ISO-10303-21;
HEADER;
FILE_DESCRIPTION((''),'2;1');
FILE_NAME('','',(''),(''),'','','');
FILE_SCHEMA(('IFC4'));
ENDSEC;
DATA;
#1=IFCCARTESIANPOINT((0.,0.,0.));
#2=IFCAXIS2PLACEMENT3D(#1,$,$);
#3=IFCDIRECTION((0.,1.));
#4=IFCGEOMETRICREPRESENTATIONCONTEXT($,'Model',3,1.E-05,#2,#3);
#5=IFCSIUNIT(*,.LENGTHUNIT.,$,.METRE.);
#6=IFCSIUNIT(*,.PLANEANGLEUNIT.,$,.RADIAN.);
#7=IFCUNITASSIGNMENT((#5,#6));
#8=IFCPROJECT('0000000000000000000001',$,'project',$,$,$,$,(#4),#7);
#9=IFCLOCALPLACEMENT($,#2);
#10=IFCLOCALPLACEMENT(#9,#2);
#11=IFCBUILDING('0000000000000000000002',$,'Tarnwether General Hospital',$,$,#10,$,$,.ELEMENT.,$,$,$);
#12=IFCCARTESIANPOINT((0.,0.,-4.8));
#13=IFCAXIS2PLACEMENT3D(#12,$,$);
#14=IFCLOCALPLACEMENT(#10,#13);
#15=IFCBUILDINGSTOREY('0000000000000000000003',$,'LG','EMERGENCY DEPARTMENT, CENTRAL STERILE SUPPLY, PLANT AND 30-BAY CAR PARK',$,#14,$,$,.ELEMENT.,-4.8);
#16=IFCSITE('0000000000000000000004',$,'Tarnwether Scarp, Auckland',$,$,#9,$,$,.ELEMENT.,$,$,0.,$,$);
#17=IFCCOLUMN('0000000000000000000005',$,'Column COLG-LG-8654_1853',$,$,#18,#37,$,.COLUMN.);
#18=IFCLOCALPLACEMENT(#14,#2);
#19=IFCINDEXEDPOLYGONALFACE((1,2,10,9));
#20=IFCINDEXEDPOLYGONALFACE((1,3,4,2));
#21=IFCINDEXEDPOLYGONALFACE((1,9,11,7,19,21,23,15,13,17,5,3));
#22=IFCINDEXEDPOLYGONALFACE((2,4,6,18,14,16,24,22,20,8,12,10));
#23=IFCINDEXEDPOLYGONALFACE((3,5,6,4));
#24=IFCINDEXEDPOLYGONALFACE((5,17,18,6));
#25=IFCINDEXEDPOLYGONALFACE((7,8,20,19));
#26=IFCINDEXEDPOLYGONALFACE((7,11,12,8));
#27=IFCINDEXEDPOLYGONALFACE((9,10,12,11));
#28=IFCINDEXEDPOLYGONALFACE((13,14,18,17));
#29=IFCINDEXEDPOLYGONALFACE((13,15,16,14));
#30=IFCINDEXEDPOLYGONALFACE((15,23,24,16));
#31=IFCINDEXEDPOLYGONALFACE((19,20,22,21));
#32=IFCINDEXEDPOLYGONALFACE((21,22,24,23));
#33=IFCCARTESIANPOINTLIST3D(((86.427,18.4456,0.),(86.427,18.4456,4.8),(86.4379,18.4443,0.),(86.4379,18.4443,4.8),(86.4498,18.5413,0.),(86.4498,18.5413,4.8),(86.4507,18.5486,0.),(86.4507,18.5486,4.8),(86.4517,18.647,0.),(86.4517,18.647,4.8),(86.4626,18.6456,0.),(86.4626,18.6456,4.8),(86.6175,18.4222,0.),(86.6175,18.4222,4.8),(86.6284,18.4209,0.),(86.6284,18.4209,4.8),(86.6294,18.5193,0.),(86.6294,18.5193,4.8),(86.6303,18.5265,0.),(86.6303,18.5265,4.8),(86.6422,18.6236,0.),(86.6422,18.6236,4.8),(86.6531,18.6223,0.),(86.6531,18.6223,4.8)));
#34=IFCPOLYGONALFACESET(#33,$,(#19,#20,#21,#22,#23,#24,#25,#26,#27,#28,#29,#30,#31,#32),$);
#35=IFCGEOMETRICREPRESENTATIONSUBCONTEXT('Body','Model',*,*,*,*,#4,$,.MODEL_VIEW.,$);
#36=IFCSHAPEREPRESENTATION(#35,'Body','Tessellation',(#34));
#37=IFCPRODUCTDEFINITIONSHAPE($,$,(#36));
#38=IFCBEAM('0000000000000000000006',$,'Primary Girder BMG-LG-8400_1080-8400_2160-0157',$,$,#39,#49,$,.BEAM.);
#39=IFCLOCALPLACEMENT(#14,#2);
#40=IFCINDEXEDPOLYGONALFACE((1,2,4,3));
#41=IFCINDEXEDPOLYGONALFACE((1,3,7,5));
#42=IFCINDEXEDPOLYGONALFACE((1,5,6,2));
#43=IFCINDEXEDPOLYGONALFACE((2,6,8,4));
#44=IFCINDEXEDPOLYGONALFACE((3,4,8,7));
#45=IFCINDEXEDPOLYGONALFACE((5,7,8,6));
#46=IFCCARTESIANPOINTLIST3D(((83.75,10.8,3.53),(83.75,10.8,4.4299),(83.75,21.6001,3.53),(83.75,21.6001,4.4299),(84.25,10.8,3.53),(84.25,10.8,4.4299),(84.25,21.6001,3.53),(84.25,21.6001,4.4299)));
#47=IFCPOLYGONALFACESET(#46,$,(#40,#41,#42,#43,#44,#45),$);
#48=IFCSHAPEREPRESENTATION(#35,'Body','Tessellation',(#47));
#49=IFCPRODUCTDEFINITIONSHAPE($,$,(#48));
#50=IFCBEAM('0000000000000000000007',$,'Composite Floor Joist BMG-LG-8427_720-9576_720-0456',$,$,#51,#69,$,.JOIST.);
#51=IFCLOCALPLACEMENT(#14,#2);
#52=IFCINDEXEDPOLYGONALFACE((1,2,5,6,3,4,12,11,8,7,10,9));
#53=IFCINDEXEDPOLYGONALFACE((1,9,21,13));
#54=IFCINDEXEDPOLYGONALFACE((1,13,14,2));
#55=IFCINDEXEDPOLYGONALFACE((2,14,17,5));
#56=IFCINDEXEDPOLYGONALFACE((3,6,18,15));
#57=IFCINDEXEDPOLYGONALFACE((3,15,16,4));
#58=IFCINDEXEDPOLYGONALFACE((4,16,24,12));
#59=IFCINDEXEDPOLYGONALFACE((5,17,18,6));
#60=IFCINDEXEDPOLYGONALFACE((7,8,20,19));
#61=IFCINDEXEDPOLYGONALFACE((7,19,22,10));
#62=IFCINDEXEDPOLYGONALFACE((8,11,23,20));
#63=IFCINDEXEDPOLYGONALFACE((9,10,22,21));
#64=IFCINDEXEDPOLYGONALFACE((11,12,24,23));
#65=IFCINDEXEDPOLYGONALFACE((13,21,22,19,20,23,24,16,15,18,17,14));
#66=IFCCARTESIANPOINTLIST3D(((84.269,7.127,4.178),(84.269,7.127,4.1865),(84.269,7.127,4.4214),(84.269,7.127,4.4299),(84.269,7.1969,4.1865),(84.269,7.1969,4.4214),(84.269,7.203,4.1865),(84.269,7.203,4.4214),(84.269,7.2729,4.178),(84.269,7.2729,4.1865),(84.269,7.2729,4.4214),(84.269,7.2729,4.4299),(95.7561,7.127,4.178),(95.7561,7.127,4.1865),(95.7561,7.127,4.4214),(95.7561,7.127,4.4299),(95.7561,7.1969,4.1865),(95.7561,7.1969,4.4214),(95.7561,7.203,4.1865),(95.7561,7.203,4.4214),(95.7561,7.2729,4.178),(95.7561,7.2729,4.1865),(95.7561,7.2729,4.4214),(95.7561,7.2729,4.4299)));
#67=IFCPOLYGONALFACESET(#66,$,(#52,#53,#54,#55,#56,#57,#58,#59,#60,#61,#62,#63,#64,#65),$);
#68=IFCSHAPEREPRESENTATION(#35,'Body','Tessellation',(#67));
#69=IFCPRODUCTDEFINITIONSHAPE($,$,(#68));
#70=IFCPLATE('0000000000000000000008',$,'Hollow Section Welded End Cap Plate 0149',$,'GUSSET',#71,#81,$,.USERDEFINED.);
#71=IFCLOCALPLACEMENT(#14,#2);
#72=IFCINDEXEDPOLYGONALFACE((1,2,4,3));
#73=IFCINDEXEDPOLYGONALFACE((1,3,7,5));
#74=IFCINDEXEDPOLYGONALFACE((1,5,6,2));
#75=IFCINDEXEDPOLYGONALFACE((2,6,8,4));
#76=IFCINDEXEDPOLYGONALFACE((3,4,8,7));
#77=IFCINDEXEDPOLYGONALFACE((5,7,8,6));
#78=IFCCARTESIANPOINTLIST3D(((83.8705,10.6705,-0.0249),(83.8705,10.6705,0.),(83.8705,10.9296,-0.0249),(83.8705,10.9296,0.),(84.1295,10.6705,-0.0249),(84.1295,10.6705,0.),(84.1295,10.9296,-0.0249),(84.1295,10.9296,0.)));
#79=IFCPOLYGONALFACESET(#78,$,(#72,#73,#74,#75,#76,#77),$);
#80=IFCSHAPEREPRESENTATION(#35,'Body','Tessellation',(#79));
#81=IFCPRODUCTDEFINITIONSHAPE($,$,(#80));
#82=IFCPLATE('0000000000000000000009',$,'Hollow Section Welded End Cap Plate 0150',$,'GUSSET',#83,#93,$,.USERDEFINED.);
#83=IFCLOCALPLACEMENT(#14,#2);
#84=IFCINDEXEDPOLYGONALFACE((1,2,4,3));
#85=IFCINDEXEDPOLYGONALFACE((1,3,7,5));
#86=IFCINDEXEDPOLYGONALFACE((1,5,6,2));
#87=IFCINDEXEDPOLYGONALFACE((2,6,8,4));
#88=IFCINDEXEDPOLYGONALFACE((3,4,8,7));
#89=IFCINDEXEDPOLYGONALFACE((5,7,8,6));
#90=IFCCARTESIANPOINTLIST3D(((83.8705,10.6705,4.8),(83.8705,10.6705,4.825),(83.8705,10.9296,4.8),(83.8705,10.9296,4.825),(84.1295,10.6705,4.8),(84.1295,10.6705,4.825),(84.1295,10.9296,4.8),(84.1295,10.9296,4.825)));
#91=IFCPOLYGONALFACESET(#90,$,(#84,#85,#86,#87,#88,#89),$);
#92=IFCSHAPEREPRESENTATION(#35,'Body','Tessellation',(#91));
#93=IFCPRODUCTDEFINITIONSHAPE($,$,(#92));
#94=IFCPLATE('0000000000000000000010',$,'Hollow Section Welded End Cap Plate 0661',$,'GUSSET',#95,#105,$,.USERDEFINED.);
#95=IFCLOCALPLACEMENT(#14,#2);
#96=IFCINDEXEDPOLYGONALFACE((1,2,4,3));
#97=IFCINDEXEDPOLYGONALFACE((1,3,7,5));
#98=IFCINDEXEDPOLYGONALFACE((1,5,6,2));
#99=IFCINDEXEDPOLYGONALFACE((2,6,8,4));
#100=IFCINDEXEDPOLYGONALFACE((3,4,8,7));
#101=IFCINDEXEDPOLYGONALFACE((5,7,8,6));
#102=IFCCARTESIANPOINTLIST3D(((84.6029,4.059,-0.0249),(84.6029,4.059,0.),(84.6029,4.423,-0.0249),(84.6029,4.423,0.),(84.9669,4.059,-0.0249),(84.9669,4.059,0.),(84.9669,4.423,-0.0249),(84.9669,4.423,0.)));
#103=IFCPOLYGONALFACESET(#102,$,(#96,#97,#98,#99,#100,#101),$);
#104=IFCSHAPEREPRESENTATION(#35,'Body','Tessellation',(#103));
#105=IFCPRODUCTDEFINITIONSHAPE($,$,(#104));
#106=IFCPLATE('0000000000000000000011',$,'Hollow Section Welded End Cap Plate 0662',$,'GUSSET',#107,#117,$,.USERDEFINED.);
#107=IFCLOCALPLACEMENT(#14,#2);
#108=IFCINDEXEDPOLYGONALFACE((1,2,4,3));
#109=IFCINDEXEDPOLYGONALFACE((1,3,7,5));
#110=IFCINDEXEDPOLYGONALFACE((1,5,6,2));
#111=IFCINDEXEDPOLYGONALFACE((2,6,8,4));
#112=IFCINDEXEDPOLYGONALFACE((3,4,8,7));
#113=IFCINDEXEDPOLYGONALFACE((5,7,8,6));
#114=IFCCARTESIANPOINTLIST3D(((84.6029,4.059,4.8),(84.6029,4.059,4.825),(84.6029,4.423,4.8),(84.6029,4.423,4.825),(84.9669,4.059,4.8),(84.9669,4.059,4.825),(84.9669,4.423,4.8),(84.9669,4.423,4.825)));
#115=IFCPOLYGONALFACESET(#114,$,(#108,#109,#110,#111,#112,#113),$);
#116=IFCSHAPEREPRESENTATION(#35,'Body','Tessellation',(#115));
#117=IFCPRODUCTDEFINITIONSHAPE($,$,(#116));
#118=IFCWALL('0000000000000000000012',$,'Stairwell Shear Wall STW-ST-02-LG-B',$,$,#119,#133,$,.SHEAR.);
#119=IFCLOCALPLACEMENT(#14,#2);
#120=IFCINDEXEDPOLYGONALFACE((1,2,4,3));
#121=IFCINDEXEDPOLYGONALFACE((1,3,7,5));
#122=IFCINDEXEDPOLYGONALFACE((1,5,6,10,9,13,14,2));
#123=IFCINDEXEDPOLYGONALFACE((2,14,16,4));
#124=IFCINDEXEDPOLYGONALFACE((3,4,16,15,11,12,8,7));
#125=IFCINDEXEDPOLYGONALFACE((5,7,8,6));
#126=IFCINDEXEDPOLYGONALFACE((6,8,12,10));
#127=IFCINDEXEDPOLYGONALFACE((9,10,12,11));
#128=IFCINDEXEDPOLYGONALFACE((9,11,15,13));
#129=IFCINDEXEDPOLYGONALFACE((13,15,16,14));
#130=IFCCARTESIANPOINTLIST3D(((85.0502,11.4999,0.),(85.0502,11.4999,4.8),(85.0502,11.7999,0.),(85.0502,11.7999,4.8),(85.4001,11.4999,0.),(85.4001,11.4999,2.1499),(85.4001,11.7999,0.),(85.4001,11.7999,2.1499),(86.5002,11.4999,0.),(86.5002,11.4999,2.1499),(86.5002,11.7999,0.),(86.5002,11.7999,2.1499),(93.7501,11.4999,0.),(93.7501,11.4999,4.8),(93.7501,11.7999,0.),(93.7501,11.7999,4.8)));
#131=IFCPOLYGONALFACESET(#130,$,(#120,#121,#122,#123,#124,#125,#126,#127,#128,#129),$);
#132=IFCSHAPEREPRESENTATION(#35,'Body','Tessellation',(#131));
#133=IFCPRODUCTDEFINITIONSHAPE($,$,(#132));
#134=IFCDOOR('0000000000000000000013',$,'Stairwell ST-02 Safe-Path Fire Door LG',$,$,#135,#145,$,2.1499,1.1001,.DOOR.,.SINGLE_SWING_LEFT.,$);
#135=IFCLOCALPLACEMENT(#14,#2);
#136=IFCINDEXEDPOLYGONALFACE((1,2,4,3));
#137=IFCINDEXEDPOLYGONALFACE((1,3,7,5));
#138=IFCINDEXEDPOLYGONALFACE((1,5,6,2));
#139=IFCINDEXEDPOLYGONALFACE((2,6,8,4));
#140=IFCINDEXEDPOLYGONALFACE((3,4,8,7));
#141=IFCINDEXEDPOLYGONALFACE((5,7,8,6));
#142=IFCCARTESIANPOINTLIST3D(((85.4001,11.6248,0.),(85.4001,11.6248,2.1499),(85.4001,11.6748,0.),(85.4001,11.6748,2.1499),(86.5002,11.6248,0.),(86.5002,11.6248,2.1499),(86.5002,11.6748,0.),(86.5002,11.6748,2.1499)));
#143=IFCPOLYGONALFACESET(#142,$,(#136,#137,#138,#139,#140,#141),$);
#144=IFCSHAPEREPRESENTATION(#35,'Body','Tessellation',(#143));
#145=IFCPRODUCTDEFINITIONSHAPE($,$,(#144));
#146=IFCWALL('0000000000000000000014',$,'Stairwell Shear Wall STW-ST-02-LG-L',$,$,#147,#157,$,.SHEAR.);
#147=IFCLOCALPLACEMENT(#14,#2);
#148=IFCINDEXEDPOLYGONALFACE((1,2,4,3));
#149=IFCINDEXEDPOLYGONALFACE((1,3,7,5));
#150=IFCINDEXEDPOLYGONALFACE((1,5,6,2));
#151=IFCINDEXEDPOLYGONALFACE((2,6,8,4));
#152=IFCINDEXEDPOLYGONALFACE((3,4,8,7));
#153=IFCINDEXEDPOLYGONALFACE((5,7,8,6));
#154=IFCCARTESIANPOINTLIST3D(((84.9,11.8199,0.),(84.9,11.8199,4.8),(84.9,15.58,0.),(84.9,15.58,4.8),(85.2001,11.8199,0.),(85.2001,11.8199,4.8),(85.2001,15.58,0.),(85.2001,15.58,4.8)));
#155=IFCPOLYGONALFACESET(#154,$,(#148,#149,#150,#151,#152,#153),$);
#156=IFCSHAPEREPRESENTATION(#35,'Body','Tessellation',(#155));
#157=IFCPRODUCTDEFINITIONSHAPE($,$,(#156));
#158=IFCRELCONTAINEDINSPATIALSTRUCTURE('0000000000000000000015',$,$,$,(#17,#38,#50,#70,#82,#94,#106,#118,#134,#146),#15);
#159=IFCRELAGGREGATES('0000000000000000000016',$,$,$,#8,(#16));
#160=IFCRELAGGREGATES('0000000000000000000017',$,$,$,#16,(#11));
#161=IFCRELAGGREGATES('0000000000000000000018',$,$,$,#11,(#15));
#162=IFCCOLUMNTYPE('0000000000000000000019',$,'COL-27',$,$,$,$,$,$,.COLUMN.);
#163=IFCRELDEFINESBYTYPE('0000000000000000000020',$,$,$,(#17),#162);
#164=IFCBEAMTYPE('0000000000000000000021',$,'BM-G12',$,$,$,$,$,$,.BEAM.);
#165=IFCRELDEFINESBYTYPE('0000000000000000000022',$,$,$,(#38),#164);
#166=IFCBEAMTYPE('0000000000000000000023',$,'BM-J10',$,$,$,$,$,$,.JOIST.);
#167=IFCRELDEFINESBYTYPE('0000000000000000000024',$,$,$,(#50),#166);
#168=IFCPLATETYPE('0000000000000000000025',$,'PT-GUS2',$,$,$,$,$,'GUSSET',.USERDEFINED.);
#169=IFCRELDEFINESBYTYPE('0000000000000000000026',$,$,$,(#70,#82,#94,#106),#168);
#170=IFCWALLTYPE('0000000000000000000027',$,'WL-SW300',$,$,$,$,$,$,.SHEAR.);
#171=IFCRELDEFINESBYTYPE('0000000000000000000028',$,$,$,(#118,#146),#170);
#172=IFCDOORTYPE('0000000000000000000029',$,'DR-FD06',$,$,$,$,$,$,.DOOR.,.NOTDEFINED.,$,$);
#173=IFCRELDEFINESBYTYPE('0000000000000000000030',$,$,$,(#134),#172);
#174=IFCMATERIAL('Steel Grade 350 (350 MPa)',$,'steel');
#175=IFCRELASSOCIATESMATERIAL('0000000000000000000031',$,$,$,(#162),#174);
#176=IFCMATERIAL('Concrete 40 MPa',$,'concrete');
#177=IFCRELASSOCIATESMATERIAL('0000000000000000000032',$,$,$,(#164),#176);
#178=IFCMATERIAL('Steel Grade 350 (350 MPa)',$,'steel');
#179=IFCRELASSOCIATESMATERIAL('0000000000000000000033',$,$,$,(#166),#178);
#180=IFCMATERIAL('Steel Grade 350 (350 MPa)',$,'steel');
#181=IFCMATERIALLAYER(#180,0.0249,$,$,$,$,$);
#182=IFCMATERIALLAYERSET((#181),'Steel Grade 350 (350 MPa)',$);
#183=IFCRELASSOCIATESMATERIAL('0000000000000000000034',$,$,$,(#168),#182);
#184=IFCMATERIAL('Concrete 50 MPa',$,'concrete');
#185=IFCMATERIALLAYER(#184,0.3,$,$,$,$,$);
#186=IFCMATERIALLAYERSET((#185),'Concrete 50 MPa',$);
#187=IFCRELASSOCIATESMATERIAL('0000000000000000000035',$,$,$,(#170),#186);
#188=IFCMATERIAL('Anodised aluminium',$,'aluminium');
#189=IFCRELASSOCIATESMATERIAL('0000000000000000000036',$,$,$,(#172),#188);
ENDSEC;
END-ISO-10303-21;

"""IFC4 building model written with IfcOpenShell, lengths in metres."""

from ifc_helpers import new_model, si_unit, direction, frame, frame_2d, origin, origin_2d, place, context, subcontext, project, spatial, rectangle, i_section, extrude, material, layer, layer_set, material_profile, profile_set, type_object, element, fill, save


model = new_model("IFC4")

# Units and contexts
model_context = context("Model", 3, precision=1e-05, world=origin(), true_north=direction((0.0, 1.0)))
body_context = subcontext(model_context, "Body", "Model", "MODEL_VIEW")
ifc_project = project(units=[si_unit("LENGTHUNIT", "METRE"), si_unit("PLANEANGLEUNIT", "RADIAN")], contexts=[model_context])

# Site, building, storey
site_placement = place(None, origin())
site = spatial("IfcSite", under=ifc_project, at=site_placement, Name="Tarnwether Scarp, Auckland", CompositionType="ELEMENT", RefElevation=0.0)
building_placement = place(site_placement, origin())
building = spatial("IfcBuilding", under=site, at=building_placement, Name="Tarnwether General Hospital", CompositionType="ELEMENT")
storey_placement = place(building_placement, frame((0.0, 0.0, -4.8)))
storey = spatial("IfcBuildingStorey", under=building, at=storey_placement, Name="LG", Description="EMERGENCY DEPARTMENT, CENTRAL STERILE SUPPLY, PLANT AND 30-BAY CAR PARK", CompositionType="ELEMENT", Elevation=-4.8)

# Column
ifc_material_1 = material(Name="Steel Grade 350 (350 MPa)", Category="steel")
ifc_material_profile_1 = material_profile(ifc_material_1, i_section(OverallWidth=0.2029, OverallDepth=0.2029, WebThickness=0.0073, FlangeThickness=0.011, at=origin_2d()), Name="200UC46.2")
ifc_profile_set_1 = profile_set([ifc_material_profile_1], Name="Steel Grade 350 (350 MPa)")
column_type_1 = type_object("IfcColumnType", Name="COL-27", PredefinedType="COLUMN", material=ifc_profile_set_1)
column_1_placement = place(storey_placement, frame((86.54, 18.5339, 0.0), z_axis=(0.0, 0.0, 1.0), x_axis=(0.121869, 0.992546, 0.0)))
element("IfcColumn", 1, at=column_1_placement, inside=storey, type_object=column_type_1, Name="Column COLG-LG-8654_1853", PredefinedType="COLUMN", context=body_context, shape_type="SweptSolid", body=[
    extrude(i_section(OverallWidth=0.2029, OverallDepth=0.2029, WebThickness=0.0073, FlangeThickness=0.011, at=origin_2d()), origin(), (0.0, 0.0, 1.0), 4.8),
])

# Beams
ifc_material_2 = material(Name="Concrete 40 MPa", Category="concrete")
ifc_material_profile_2 = material_profile(ifc_material_2, rectangle(XDim=0.5, YDim=0.8999, at=origin_2d()), Name="RC-BM-500x900")
ifc_profile_set_2 = profile_set([ifc_material_profile_2], Name="Concrete 40 MPa")
beam_type_1 = type_object("IfcBeamType", Name="BM-G12", PredefinedType="BEAM", material=ifc_profile_set_2)
beam_1_placement = place(storey_placement, frame((84.0, 10.8, 3.98), z_axis=(0.0, 1.0, 0.0), x_axis=(-1.0, 0.0, 0.0)))
element("IfcBeam", 2, at=beam_1_placement, inside=storey, type_object=beam_type_1, Name="Primary Girder BMG-LG-8400_1080-8400_2160-0157", PredefinedType="BEAM", context=body_context, shape_type="SweptSolid", body=[
    extrude(rectangle(XDim=0.5, YDim=0.8999, at=origin_2d()), origin(), (0.0, 0.0, 1.0), 10.8),
])
ifc_material_3 = material(Name="Steel Grade 350 (350 MPa)", Category="steel")
ifc_material_profile_3 = material_profile(ifc_material_3, i_section(OverallWidth=0.146, OverallDepth=0.252, WebThickness=0.0061, FlangeThickness=0.0085, at=origin_2d()), Name="250UB31.4")
ifc_profile_set_3 = profile_set([ifc_material_profile_3], Name="Steel Grade 350 (350 MPa)")
beam_type_2 = type_object("IfcBeamType", Name="BM-J10", PredefinedType="JOIST", material=ifc_profile_set_3)
beam_2_placement = place(storey_placement, frame((84.269, 7.2, 4.304), z_axis=(1.0, 0.0, 0.0), x_axis=(0.0, 1.0, 0.0)))
element("IfcBeam", 3, at=beam_2_placement, inside=storey, type_object=beam_type_2, Name="Composite Floor Joist BMG-LG-8427_720-9576_720-0456", PredefinedType="JOIST", context=body_context, shape_type="SweptSolid", body=[
    extrude(i_section(OverallWidth=0.146, OverallDepth=0.252, WebThickness=0.0061, FlangeThickness=0.0085, at=origin_2d()), origin(), (0.0, 0.0, 1.0), 11.4871),
])

# Plates
ifc_material_4 = material(Name="Steel Grade 350 (350 MPa)", Category="steel")
ifc_layer_1 = layer(ifc_material_4, 0.0249)
ifc_layer_set_1 = layer_set([ifc_layer_1], Name="Steel Grade 350 (350 MPa)")
plate_type = type_object("IfcPlateType", Name="PT-GUS2", ElementType="GUSSET", PredefinedType="USERDEFINED", material=ifc_layer_set_1)
for number, where, z_axis, x_axis, name in (
    (4, (84.0, 10.8, -0.0249), (0.0, 0.0, 1.0), (1.0, 0.0, 0.0), "Hollow Section Welded End Cap Plate 0149"),
    (5, (84.0, 10.8, 4.8), (0.0, 0.0, 1.0), (1.0, 0.0, 0.0), "Hollow Section Welded End Cap Plate 0150"),
):
    element("IfcPlate", number, at=place(storey_placement, frame(where, z_axis=z_axis, x_axis=x_axis)), inside=storey, type_object=plate_type, Name=name, ObjectType="GUSSET", PredefinedType="USERDEFINED", context=body_context, shape_type="SweptSolid", body=[
        extrude(rectangle(XDim=0.259, YDim=0.259, at=origin_2d()), origin(), (0.0, 0.0, 1.0), 0.0249),
    ])
for number, where, z_axis, x_axis, name in (
    (6, (84.7849, 4.241, -0.0249), (0.0, 0.0, 1.0), (1.0, 0.0, 0.0), "Hollow Section Welded End Cap Plate 0661"),
    (7, (84.7849, 4.241, 4.8), (0.0, 0.0, 1.0), (1.0, 0.0, 0.0), "Hollow Section Welded End Cap Plate 0662"),
):
    element("IfcPlate", number, at=place(storey_placement, frame(where, z_axis=z_axis, x_axis=x_axis)), inside=storey, type_object=plate_type, Name=name, ObjectType="GUSSET", PredefinedType="USERDEFINED", context=body_context, shape_type="SweptSolid", body=[
        extrude(rectangle(XDim=0.364, YDim=0.364, at=origin_2d()), origin(), (0.0, 0.0, 1.0), 0.0249),
    ])

# Wall, opening, door
ifc_material_5 = material(Name="Concrete 50 MPa", Category="concrete")
ifc_layer_2 = layer(ifc_material_5, 0.3)
ifc_layer_set_2 = layer_set([ifc_layer_2], Name="Concrete 50 MPa")
wall_type = type_object("IfcWallType", Name="WL-SW300", PredefinedType="SHEAR", material=ifc_layer_set_2)
wall_1_placement = place(storey_placement, frame((85.05, 11.6499, 0.0), z_axis=(0.0, 0.0, 1.0), x_axis=(1.0, 0.0, 0.0)))
wall_1 = element("IfcWall", 8, at=wall_1_placement, inside=storey, type_object=wall_type, Name="Stairwell Shear Wall STW-ST-02-LG-B", PredefinedType="SHEAR", context=body_context, shape_type="SweptSolid", body=[
    extrude(rectangle(XDim=8.7, YDim=0.3, at=frame_2d((4.3501, 0.0))), origin(), (0.0, 0.0, 1.0), 4.8),
])
opening_placement = place(wall_1_placement, frame((0.3501, 0.0, 0.0)))
opening = element("IfcOpeningElement", 9, at=opening_placement, cuts=wall_1, PredefinedType="OPENING", context=body_context, shape_type="SweptSolid", body=[
    extrude(rectangle(XDim=1.1001, YDim=2.1499, at=frame_2d((0.55, 1.075))), frame((0.0, 0.1602, 0.0), z_axis=(0.0, -1.0, 0.0), x_axis=(1.0, 0.0, 0.0)), (0.0, 0.0, 1.0), 0.3201),
])
ifc_material_6 = material(Name="Anodised aluminium", Category="aluminium")
door_type = type_object("IfcDoorType", Name="DR-FD06", OperationType="NOTDEFINED", PredefinedType="DOOR", material=ifc_material_6)
door_placement = place(opening_placement, origin())
door = element("IfcDoor", 10, at=door_placement, inside=storey, type_object=door_type, Name="Stairwell ST-02 Safe-Path Fire Door LG", OperationType="SINGLE_SWING_LEFT", OverallHeight=2.1499, OverallWidth=1.1001, PredefinedType="DOOR", context=body_context, shape_type="SweptSolid", body=[
    extrude(rectangle(XDim=1.1001, YDim=2.1499, at=frame_2d((0.55, 1.075))), frame((0.0, 0.0249, 0.0), z_axis=(0.0, -1.0, 0.0), x_axis=(1.0, 0.0, 0.0)), (0.0, 0.0, 1.0), 0.05),
])
fill(opening, door)

# Wall
wall_2_placement = place(storey_placement, frame((85.05, 11.8201, 0.0), z_axis=(0.0, 0.0, 1.0), x_axis=(0.0, 1.0, 0.0)))
element("IfcWall", 11, at=wall_2_placement, inside=storey, type_object=wall_type, Name="Stairwell Shear Wall STW-ST-02-LG-L", PredefinedType="SHEAR", context=body_context, shape_type="SweptSolid", body=[
    extrude(rectangle(XDim=3.76, YDim=0.3, at=frame_2d((1.8799, 0.0))), origin(), (0.0, 0.0, 1.0), 4.8),
])

save(model, "model.ifc")
